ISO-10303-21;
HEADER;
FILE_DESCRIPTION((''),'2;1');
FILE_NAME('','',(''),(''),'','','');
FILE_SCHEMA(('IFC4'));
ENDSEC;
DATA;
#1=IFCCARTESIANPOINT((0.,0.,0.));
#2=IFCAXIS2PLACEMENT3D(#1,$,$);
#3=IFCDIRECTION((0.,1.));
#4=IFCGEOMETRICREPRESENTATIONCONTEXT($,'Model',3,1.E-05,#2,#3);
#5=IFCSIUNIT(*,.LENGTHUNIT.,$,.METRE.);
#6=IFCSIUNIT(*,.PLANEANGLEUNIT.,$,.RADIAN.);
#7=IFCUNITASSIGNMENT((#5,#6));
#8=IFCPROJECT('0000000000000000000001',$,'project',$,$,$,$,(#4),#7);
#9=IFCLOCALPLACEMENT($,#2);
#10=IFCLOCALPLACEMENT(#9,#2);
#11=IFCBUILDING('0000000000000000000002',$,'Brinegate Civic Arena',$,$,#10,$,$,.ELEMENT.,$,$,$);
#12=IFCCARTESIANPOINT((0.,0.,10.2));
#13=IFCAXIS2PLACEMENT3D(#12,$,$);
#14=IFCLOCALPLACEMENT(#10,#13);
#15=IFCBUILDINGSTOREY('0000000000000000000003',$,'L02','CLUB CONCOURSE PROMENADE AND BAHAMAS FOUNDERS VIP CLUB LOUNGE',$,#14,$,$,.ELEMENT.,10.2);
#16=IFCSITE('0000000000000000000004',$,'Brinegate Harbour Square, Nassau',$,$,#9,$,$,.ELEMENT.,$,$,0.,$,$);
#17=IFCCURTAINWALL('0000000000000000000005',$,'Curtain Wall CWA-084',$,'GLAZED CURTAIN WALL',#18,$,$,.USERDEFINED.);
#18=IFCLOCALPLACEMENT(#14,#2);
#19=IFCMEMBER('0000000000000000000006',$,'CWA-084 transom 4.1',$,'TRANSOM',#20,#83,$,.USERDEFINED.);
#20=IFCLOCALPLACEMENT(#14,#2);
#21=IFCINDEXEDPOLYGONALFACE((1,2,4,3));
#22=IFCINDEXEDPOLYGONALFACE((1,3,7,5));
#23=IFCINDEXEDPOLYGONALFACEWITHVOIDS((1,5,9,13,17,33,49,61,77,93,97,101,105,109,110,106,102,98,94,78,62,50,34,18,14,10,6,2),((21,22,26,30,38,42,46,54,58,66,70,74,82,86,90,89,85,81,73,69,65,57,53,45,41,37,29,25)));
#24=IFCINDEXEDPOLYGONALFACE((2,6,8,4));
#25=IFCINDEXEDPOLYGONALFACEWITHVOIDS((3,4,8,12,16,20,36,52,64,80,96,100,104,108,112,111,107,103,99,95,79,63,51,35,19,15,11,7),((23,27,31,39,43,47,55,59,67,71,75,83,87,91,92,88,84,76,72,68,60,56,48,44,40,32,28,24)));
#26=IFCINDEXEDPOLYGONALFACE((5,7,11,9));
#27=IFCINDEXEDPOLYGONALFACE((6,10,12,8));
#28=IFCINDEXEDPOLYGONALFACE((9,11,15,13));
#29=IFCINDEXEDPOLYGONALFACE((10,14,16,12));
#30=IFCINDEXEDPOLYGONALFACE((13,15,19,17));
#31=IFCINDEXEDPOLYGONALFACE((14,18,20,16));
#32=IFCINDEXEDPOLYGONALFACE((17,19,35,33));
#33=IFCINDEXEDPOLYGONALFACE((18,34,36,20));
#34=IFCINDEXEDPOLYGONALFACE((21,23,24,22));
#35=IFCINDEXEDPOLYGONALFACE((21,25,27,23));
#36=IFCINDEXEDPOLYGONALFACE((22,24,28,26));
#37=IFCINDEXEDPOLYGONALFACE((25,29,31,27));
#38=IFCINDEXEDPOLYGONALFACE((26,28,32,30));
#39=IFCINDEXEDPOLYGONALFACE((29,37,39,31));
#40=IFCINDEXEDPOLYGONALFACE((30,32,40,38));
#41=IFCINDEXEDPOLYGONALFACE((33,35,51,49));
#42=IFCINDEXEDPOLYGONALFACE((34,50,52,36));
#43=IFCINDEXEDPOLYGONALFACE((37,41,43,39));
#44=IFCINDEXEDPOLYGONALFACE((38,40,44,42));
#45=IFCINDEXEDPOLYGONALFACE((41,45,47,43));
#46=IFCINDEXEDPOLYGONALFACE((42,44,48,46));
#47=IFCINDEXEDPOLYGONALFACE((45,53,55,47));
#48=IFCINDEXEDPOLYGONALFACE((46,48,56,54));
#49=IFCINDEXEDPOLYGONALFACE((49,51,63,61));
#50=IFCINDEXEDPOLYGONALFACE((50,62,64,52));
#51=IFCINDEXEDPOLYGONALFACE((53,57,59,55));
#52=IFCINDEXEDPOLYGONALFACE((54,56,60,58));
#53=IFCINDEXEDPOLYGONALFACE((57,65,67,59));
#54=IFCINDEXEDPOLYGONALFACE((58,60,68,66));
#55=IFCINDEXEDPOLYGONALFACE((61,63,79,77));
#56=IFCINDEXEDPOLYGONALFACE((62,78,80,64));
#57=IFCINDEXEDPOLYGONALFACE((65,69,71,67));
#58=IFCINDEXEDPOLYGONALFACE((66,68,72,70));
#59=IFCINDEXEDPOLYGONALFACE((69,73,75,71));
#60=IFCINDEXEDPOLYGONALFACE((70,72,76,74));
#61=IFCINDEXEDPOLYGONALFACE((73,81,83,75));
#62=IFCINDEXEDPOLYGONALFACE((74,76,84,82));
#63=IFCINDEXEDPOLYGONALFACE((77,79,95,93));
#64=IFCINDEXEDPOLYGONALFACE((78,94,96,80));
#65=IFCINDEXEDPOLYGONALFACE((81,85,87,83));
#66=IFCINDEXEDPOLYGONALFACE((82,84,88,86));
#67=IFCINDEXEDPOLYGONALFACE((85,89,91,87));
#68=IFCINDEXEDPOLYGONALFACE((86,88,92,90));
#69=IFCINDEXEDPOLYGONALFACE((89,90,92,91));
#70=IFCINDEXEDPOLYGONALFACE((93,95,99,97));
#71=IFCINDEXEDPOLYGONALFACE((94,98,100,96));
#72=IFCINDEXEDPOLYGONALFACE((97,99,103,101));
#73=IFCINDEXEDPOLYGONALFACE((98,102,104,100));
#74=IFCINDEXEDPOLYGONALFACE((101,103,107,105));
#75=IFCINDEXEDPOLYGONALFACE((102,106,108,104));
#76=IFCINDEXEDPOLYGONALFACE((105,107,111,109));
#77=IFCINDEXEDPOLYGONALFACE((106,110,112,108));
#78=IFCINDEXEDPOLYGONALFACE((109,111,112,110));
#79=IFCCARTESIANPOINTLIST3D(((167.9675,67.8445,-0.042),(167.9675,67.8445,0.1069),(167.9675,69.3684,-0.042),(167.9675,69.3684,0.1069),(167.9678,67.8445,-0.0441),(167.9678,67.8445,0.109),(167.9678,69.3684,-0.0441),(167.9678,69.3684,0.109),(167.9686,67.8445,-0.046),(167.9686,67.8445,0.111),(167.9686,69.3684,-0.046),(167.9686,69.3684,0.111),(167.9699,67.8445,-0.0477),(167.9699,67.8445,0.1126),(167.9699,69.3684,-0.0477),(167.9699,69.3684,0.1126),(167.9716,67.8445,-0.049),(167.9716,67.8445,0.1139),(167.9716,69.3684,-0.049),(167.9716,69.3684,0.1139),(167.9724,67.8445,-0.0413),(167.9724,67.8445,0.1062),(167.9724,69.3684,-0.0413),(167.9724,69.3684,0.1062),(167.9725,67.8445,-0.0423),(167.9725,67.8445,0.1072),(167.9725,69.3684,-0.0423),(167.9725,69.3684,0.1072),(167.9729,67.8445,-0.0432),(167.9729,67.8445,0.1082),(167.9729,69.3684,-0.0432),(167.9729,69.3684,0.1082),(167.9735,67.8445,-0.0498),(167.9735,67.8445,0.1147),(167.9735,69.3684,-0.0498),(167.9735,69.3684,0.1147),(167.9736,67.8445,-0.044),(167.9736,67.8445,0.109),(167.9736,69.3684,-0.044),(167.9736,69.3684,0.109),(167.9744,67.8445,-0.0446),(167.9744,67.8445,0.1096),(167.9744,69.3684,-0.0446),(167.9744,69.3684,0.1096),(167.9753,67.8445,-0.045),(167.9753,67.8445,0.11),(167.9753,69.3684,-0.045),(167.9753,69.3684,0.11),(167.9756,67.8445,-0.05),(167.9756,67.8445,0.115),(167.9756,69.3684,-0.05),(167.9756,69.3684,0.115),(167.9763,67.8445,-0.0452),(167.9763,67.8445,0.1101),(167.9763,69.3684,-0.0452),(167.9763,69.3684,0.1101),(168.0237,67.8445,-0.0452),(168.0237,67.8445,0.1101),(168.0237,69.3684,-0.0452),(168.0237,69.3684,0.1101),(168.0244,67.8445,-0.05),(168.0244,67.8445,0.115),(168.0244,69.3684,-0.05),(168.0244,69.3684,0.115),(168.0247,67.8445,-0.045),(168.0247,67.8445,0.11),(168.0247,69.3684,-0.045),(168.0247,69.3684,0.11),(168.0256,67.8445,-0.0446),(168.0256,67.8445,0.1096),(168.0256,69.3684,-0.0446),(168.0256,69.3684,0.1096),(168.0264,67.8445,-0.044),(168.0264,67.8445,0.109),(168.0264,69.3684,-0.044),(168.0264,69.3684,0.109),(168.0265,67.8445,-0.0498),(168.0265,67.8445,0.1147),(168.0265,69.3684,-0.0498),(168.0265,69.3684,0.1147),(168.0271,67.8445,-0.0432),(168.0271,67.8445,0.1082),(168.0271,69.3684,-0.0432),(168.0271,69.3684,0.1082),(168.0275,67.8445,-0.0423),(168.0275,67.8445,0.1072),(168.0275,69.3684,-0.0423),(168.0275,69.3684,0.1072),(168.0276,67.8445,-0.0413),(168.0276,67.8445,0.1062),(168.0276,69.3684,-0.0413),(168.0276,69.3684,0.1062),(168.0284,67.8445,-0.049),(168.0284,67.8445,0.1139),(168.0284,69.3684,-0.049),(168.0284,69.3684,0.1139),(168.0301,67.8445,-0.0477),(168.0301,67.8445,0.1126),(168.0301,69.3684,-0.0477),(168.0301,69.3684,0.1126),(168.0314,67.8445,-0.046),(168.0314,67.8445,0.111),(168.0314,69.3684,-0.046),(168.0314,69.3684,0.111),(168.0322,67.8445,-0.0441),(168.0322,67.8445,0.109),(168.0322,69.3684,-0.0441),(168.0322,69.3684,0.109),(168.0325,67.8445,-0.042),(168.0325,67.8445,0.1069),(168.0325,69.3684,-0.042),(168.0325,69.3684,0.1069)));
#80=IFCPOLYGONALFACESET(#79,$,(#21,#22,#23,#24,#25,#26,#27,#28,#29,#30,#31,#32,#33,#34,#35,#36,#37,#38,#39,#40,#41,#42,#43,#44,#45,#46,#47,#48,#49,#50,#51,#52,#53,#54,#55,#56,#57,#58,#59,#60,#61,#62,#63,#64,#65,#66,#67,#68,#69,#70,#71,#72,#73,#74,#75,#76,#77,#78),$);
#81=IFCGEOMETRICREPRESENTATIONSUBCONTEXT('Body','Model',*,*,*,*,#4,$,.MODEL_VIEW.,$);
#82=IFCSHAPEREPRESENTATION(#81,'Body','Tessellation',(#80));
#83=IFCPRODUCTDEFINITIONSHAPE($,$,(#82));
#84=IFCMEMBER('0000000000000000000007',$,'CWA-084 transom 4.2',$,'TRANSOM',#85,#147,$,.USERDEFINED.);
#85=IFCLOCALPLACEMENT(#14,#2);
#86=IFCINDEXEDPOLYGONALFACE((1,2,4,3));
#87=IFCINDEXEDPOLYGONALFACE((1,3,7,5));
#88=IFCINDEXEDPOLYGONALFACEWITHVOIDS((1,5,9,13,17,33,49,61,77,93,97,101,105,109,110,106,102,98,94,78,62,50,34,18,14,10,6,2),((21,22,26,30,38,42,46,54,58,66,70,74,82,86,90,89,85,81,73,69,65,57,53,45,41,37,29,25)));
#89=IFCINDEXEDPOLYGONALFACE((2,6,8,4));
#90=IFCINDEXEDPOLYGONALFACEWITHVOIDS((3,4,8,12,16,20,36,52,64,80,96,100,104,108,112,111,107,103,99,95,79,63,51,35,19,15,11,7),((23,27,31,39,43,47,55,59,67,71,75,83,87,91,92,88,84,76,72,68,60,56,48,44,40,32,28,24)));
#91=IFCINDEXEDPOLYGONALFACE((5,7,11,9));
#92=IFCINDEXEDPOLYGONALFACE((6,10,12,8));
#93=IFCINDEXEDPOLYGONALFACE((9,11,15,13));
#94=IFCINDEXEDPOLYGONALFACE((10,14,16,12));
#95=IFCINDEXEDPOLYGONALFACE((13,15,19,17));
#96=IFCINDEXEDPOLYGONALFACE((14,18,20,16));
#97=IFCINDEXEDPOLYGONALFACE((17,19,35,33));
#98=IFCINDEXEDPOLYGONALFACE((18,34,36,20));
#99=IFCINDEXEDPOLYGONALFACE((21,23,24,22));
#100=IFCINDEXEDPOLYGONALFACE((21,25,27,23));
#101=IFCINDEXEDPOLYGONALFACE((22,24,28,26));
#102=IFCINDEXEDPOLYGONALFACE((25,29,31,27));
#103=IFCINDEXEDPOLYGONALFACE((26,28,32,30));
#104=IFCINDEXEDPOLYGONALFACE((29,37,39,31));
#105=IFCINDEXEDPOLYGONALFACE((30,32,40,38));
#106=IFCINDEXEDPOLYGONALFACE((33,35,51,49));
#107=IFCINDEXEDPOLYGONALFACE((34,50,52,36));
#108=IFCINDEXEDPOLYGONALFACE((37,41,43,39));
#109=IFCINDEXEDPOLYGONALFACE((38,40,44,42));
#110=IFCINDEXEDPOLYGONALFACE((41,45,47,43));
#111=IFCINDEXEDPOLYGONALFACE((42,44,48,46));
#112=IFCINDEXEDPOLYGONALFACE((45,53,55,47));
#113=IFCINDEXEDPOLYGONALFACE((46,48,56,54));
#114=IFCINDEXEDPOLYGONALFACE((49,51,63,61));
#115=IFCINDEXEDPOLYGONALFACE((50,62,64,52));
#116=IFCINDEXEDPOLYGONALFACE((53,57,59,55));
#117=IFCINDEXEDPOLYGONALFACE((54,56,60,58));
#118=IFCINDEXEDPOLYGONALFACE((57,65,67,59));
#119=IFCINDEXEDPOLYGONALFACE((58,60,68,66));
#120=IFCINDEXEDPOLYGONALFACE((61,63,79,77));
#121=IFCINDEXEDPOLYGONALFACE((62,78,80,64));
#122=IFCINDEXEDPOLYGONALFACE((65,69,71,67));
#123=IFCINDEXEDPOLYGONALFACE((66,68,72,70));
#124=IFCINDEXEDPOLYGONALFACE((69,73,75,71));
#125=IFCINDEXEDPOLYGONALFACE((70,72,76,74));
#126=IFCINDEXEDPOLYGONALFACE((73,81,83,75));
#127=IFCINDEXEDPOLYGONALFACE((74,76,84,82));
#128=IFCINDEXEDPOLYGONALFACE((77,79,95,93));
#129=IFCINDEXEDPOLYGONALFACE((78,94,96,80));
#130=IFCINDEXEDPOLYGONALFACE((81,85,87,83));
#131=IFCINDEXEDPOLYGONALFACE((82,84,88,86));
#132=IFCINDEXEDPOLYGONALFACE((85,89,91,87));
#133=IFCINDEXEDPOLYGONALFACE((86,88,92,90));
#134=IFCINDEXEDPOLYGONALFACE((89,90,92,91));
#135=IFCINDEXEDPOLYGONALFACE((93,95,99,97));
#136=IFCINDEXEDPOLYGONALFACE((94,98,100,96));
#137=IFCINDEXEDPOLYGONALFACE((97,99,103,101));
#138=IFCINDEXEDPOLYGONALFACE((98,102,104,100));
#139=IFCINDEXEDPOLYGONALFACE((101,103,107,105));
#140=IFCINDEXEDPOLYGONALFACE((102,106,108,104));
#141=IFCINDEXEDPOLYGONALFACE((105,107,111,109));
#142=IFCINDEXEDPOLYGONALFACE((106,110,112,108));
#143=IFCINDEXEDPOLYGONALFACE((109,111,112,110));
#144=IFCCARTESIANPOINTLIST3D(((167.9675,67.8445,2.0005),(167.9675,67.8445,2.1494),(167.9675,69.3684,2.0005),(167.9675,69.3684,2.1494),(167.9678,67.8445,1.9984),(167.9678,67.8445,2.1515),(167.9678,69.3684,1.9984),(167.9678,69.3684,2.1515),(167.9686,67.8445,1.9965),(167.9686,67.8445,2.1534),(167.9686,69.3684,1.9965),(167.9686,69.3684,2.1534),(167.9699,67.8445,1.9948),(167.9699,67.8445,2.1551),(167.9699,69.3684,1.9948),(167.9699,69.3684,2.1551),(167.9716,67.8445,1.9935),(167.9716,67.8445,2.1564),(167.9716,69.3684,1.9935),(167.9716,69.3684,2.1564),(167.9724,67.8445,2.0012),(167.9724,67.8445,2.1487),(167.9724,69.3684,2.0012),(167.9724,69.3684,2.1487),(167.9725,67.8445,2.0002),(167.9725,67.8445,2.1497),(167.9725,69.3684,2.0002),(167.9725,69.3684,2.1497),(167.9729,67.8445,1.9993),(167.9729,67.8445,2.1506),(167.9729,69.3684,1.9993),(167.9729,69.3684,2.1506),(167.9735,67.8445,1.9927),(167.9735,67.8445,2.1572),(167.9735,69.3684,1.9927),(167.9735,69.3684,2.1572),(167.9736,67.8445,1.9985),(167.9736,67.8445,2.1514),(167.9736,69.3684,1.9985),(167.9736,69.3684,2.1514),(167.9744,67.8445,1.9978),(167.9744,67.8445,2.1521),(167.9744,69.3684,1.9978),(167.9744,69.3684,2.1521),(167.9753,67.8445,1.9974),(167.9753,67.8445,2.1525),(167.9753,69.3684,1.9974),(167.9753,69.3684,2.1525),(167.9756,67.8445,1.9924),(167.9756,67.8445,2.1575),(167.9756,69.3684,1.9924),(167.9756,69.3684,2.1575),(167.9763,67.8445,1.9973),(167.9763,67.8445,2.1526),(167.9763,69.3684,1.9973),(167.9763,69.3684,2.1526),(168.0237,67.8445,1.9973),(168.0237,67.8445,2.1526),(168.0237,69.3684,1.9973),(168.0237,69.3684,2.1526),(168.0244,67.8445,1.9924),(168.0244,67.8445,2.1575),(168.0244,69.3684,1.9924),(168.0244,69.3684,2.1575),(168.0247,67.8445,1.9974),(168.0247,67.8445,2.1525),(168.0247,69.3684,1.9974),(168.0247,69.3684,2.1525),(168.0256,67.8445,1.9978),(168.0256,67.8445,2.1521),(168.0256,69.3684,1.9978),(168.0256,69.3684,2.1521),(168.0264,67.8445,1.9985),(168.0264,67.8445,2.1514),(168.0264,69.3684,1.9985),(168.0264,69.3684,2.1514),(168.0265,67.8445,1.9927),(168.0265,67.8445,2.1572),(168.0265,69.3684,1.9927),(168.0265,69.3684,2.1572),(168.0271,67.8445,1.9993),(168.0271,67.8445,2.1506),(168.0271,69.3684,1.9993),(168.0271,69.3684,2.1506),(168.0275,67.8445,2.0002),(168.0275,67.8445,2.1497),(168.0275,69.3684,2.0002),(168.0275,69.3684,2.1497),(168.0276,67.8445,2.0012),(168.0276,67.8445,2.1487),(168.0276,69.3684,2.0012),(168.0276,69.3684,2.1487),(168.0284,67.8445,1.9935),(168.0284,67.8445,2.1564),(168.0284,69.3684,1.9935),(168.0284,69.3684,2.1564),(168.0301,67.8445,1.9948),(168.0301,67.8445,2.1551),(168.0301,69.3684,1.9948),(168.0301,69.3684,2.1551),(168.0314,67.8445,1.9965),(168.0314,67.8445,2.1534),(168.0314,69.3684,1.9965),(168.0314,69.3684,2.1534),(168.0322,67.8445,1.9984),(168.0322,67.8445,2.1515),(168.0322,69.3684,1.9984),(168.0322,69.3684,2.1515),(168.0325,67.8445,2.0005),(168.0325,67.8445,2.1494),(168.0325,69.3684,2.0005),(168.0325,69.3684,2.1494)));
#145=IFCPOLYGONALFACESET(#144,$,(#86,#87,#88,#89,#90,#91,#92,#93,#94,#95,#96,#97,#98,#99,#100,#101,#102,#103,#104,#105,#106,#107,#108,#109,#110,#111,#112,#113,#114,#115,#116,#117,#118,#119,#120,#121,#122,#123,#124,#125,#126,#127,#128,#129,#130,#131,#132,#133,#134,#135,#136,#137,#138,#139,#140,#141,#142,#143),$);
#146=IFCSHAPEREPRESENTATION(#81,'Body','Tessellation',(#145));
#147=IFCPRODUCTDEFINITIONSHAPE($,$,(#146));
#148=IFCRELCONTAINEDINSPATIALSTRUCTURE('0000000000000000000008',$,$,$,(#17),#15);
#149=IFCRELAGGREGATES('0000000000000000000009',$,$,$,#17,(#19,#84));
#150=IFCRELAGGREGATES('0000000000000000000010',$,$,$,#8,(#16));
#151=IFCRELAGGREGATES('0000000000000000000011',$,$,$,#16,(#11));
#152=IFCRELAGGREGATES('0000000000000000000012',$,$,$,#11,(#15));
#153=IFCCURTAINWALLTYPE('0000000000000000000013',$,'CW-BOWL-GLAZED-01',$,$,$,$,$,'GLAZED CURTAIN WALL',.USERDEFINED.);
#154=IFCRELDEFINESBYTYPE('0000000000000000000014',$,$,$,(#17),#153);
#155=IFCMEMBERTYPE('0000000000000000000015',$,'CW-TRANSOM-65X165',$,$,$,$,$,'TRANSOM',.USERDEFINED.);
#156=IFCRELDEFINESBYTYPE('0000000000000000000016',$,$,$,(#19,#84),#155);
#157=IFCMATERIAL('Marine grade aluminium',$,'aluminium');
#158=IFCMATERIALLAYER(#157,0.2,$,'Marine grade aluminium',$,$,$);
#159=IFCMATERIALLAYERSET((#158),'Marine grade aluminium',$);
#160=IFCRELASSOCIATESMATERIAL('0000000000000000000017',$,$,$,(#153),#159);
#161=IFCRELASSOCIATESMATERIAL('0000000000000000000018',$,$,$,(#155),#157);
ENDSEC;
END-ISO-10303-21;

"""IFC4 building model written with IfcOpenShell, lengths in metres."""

from ifc_helpers import new_model, si_unit, direction, frame, origin, origin_2d, place, context, subcontext, project, spatial, hollow_rectangle, extrude, material, layer, layer_set, material_profile, profile_set, type_object, element, aggregate, save


model = new_model("IFC4")

# Units and contexts
model_context = context("Model", 3, precision=1e-05, world=origin(), true_north=direction((0.0, 1.0)))
body_context = subcontext(model_context, "Body", "Model", "MODEL_VIEW")
ifc_project = project(units=[si_unit("LENGTHUNIT", "METRE"), si_unit("PLANEANGLEUNIT", "RADIAN")], contexts=[model_context])

# Site, building, storey
site_placement = place(None, origin())
site = spatial("IfcSite", under=ifc_project, at=site_placement, Name="Brinegate Harbour Square, Nassau", CompositionType="ELEMENT", RefElevation=0.0)
building_placement = place(site_placement, origin())
building = spatial("IfcBuilding", under=site, at=building_placement, Name="Brinegate Civic Arena", CompositionType="ELEMENT")
storey_placement = place(building_placement, frame((0.0, 0.0, 10.2)))
storey = spatial("IfcBuildingStorey", under=building, at=storey_placement, Name="L02", Description="CLUB CONCOURSE PROMENADE AND BAHAMAS FOUNDERS VIP CLUB LOUNGE", CompositionType="ELEMENT", Elevation=10.2)

# Curtain wall, members
ifc_material_1 = material(Name="Marine grade aluminium", Category="aluminium")
ifc_layer_1 = layer(ifc_material_1, 0.2, Name="Marine grade aluminium")
ifc_layer_set_1 = layer_set([ifc_layer_1], Name="Marine grade aluminium")
curtain_wall_type = type_object("IfcCurtainWallType", Name="CW-BOWL-GLAZED-01", ElementType="GLAZED CURTAIN WALL", PredefinedType="USERDEFINED", material=ifc_layer_set_1)
curtain_wall_placement = place(storey_placement, origin())
curtain_wall = element("IfcCurtainWall", 1, at=curtain_wall_placement, inside=storey, type_object=curtain_wall_type, Name="Curtain Wall CWA-084", ObjectType="GLAZED CURTAIN WALL", PredefinedType="USERDEFINED")
ifc_material_profile_1 = material_profile(ifc_material_1, hollow_rectangle(XDim=0.0649, YDim=0.165, WallThickness=0.0049, InnerFilletRadius=0.0039, OuterFilletRadius=0.0081, at=origin_2d()), Name="TRN65X165")
ifc_profile_set_1 = profile_set([ifc_material_profile_1], Name="Marine grade aluminium")
member_type_1 = type_object("IfcMemberType", Name="CW-TRANSOM-65X165", ElementType="TRANSOM", PredefinedType="USERDEFINED", material=ifc_profile_set_1)
member_1_placement = place(storey_placement, frame((168.0, 67.8445, 0.0325), z_axis=(0.0, 1.0, 0.0), x_axis=(-1.0, 0.0, 0.0)))
member_1 = element("IfcMember", 2, at=member_1_placement, type_object=member_type_1, Name="CWA-084 transom 4.1", ObjectType="TRANSOM", PredefinedType="USERDEFINED", context=body_context, shape_type="SweptSolid", body=[
    extrude(hollow_rectangle(XDim=0.0649, YDim=0.165, WallThickness=0.0049, InnerFilletRadius=0.0039, OuterFilletRadius=0.0081, at=origin_2d()), origin(), (0.0, 0.0, 1.0), 1.5239),
])
member_2_placement = place(storey_placement, frame((168.0, 67.8445, 2.075), z_axis=(0.0, 1.0, 0.0), x_axis=(-1.0, 0.0, 0.0)))
member_2 = element("IfcMember", 3, at=member_2_placement, type_object=member_type_1, Name="CWA-084 transom 4.2", ObjectType="TRANSOM", PredefinedType="USERDEFINED", context=body_context, shape_type="SweptSolid", body=[
    extrude(hollow_rectangle(XDim=0.0649, YDim=0.165, WallThickness=0.0049, InnerFilletRadius=0.0039, OuterFilletRadius=0.0081, at=origin_2d()), origin(), (0.0, 0.0, 1.0), 1.5239),
])

aggregate(curtain_wall, [member_1, member_2])

save(model, "model.ifc")
